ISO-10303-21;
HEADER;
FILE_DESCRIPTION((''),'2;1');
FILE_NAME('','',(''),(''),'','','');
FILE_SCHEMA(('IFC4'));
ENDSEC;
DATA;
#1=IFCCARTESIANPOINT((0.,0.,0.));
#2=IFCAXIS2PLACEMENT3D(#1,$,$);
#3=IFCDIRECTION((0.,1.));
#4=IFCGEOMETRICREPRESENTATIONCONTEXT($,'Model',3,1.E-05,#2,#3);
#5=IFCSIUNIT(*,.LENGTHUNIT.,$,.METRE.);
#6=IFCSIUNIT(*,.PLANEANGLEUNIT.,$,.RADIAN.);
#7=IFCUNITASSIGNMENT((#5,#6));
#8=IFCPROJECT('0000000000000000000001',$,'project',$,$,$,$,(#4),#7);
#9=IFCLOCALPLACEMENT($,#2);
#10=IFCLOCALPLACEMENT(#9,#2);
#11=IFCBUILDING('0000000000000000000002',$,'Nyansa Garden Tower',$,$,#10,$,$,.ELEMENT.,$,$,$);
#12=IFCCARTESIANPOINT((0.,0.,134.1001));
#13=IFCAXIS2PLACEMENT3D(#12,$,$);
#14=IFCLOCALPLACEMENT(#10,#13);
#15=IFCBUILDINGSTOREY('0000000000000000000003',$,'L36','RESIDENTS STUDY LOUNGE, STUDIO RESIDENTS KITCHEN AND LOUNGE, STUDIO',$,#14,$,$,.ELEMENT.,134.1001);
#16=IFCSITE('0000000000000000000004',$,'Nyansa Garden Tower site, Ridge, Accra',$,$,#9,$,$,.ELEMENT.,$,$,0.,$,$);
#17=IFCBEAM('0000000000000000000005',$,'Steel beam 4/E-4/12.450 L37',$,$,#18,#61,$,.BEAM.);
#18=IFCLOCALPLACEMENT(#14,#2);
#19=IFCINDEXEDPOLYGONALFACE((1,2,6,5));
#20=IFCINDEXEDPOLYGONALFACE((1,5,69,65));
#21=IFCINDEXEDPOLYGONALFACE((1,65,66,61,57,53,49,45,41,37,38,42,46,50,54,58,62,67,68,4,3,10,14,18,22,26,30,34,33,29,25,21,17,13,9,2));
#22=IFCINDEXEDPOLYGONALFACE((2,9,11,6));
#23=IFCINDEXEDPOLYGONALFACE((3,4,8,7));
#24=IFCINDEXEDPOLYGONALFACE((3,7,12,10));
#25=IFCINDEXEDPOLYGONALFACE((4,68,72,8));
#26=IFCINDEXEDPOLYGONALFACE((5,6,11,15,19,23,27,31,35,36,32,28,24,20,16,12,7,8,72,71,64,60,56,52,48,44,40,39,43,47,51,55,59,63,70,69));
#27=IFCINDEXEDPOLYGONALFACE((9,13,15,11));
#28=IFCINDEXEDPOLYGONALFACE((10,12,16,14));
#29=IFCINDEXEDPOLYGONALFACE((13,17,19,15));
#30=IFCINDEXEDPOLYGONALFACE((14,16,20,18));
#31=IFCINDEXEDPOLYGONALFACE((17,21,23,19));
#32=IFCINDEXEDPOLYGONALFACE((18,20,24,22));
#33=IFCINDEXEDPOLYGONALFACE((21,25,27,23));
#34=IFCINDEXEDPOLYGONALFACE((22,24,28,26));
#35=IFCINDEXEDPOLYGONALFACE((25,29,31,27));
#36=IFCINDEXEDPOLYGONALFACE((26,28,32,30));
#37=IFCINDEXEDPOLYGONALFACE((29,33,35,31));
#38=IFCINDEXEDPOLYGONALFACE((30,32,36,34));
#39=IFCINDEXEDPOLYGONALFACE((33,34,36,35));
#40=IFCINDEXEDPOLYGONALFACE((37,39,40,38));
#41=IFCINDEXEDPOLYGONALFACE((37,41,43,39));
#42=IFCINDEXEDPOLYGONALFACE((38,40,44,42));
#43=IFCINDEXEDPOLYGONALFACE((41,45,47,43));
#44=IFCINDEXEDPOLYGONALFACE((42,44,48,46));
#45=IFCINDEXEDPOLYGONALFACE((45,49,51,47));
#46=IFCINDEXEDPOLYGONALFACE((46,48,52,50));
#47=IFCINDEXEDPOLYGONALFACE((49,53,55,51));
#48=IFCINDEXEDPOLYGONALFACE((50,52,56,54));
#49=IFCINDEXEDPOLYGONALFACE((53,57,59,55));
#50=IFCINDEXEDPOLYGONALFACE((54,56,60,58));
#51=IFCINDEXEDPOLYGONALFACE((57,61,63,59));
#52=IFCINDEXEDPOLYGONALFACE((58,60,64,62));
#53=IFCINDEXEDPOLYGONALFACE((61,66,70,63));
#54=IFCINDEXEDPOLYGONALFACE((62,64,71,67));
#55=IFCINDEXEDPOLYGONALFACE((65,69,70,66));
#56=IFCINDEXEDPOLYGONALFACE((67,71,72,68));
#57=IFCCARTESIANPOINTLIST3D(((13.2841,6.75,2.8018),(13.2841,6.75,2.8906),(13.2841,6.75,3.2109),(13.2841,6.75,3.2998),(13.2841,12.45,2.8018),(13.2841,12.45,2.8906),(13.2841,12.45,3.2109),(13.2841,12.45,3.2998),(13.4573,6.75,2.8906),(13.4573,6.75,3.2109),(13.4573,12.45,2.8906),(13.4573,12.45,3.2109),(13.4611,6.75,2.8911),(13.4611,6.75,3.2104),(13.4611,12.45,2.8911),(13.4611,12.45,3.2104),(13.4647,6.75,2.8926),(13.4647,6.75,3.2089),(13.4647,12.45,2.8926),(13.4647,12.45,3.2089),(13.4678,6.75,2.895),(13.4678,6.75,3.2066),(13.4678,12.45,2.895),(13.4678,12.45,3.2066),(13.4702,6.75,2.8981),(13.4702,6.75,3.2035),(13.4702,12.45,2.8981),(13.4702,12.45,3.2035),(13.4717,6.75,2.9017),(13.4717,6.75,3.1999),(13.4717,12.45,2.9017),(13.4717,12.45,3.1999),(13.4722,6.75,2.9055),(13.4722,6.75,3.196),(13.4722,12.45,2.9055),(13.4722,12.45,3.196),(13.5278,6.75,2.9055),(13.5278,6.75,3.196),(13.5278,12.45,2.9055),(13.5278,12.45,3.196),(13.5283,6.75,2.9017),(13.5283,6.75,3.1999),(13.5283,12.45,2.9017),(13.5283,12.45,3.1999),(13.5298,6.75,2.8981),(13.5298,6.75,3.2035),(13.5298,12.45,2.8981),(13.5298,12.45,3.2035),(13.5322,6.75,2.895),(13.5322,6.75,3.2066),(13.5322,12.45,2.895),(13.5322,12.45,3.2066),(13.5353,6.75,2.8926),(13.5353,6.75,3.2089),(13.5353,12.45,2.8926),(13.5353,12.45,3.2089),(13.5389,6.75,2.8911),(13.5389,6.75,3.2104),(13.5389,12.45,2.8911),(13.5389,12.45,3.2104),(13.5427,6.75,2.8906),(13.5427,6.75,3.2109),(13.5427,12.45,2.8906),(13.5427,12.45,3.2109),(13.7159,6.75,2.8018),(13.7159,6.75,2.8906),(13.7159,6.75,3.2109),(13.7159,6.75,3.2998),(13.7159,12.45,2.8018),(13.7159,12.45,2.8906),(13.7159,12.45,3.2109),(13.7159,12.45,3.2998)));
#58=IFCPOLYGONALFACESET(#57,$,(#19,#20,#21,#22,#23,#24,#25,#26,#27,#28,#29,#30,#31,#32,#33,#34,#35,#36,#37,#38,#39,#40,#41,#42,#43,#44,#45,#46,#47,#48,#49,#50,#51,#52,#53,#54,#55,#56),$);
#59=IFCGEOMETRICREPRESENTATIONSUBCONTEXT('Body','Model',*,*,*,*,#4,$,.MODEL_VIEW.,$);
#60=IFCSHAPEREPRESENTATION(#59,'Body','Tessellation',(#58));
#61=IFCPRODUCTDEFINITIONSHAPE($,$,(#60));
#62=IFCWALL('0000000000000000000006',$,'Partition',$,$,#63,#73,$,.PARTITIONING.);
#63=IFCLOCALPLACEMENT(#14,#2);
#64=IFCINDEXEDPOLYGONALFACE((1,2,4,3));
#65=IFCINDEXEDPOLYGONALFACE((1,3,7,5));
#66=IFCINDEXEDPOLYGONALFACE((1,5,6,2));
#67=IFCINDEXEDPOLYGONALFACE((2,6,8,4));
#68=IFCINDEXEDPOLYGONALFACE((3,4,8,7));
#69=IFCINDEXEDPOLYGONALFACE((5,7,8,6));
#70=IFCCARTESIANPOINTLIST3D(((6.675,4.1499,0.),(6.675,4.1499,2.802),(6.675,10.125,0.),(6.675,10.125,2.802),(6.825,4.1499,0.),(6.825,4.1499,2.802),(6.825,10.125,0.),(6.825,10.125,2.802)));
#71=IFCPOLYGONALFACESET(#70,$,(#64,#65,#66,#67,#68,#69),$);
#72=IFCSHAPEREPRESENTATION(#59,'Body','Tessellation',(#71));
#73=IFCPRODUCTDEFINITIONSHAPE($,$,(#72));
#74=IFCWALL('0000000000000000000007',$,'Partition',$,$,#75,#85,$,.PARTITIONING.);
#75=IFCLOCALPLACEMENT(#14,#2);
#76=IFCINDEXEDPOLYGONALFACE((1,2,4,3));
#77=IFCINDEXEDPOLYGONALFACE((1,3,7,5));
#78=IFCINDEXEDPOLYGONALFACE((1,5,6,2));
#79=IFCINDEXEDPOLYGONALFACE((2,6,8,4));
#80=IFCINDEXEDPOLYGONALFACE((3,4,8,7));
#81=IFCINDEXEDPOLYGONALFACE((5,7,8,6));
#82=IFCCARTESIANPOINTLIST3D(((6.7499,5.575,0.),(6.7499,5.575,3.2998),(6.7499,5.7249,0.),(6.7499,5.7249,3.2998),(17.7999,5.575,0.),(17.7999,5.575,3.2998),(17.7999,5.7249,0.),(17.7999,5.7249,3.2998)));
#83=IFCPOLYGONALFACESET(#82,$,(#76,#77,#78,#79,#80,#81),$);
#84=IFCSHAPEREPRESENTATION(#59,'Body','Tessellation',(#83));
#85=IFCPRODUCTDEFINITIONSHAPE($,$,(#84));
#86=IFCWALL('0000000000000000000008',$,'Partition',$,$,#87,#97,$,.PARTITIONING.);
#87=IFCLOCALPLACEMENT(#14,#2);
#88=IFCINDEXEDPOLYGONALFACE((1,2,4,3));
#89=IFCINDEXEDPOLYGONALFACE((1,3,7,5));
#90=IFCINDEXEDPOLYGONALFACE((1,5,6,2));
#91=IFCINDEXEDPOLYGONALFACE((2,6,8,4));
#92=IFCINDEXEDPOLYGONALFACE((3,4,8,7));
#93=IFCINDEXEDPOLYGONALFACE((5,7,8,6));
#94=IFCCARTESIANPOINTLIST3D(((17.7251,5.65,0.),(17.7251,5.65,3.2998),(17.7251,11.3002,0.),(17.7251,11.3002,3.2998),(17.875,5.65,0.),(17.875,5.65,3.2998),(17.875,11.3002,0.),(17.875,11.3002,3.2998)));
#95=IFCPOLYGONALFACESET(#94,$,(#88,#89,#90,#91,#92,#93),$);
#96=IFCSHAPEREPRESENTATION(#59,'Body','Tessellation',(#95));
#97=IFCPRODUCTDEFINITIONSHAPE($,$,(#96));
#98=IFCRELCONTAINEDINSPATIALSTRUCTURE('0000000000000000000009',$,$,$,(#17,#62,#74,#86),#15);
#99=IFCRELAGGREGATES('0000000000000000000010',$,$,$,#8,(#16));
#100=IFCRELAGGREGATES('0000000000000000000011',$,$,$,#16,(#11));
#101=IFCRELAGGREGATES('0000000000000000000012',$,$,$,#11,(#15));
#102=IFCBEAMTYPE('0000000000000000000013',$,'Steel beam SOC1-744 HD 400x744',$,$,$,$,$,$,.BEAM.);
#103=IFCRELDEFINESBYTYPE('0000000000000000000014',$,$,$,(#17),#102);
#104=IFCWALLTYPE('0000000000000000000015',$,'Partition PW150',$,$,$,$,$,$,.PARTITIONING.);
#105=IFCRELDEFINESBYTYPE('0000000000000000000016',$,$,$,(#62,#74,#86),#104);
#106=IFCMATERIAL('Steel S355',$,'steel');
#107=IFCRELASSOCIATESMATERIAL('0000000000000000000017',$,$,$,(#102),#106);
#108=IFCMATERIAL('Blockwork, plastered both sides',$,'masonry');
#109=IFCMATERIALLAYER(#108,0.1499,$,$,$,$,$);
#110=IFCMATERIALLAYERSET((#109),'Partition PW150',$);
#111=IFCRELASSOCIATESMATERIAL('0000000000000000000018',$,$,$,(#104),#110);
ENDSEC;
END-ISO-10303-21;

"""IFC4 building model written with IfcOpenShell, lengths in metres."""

from ifc_helpers import new_model, si_unit, direction, frame, frame_2d, origin, origin_2d, place, context, subcontext, project, spatial, rectangle, i_section, extrude, material, layer, layer_set, material_profile, profile_set, type_object, element, save


model = new_model("IFC4")

# Units and contexts
model_context = context("Model", 3, precision=1e-05, world=origin(), true_north=direction((0.0, 1.0)))
body_context = subcontext(model_context, "Body", "Model", "MODEL_VIEW")
ifc_project = project(units=[si_unit("LENGTHUNIT", "METRE"), si_unit("PLANEANGLEUNIT", "RADIAN")], contexts=[model_context])

# Site, building, storey
site_placement = place(None, origin())
site = spatial("IfcSite", under=ifc_project, at=site_placement, Name="Nyansa Garden Tower site, Ridge, Accra", CompositionType="ELEMENT", RefElevation=0.0)
building_placement = place(site_placement, origin())
building = spatial("IfcBuilding", under=site, at=building_placement, Name="Nyansa Garden Tower", CompositionType="ELEMENT")
storey_placement = place(building_placement, frame((0.0, 0.0, 134.1001)))
storey = spatial("IfcBuildingStorey", under=building, at=storey_placement, Name="L36", Description="RESIDENTS STUDY LOUNGE, STUDIO RESIDENTS KITCHEN AND LOUNGE, STUDIO", CompositionType="ELEMENT", Elevation=134.1001)

# Beam
ifc_material_1 = material(Name="Steel S355", Category="steel")
ifc_material_profile_1 = material_profile(ifc_material_1, i_section(OverallWidth=0.4319, OverallDepth=0.498, WebThickness=0.0557, FlangeThickness=0.0889, FilletRadius=0.0149, at=origin_2d()), Name="HD 400x744")
ifc_profile_set_1 = profile_set([ifc_material_profile_1], Name="Steel S355")
beam_type_1 = type_object("IfcBeamType", Name="Steel beam SOC1-744 HD 400x744", PredefinedType="BEAM", material=ifc_profile_set_1)
beam_placement = place(storey_placement, frame((13.5, 6.75, 3.0508), z_axis=(0.0, 1.0, 0.0), x_axis=(-1.0, 0.0, 0.0)))
element("IfcBeam", 1, at=beam_placement, inside=storey, type_object=beam_type_1, Name="Steel beam 4/E-4/12.450 L37", PredefinedType="BEAM", context=body_context, shape_type="SweptSolid", body=[
    extrude(i_section(OverallWidth=0.4319, OverallDepth=0.498, WebThickness=0.0557, FlangeThickness=0.0889, FilletRadius=0.0149, at=origin_2d()), origin(), (0.0, 0.0, 1.0), 5.7),
])

# Walls
ifc_material_2 = material(Name="Blockwork, plastered both sides", Category="masonry")
ifc_layer_1 = layer(ifc_material_2, 0.1499)
ifc_layer_set_1 = layer_set([ifc_layer_1], Name="Partition PW150")
wall_type_1 = type_object("IfcWallType", Name="Partition PW150", PredefinedType="PARTITIONING", material=ifc_layer_set_1)
wall_1_placement = place(storey_placement, frame((6.75, 4.1499, 0.0), z_axis=(0.0, 0.0, 1.0), x_axis=(0.0, 1.0, 0.0)))
element("IfcWall", 2, at=wall_1_placement, inside=storey, type_object=wall_type_1, Name="Partition", PredefinedType="PARTITIONING", context=body_context, shape_type="SweptSolid", body=[
    extrude(rectangle(XDim=5.9751, YDim=0.1499, at=frame_2d((2.9875, 0.0))), origin(), (0.0, 0.0, 1.0), 2.802),
])
wall_2_placement = place(storey_placement, frame((6.75, 5.6499, 0.0), z_axis=(0.0, 0.0, 1.0), x_axis=(1.0, 0.0, 0.0)))
element("IfcWall", 3, at=wall_2_placement, inside=storey, type_object=wall_type_1, Name="Partition", PredefinedType="PARTITIONING", context=body_context, shape_type="SweptSolid", body=[
    extrude(rectangle(XDim=11.05, YDim=0.1499, at=frame_2d((5.5249, 0.0))), origin(), (0.0, 0.0, 1.0), 3.2998),
])
wall_3_placement = place(storey_placement, frame((17.8, 5.6499, 0.0), z_axis=(0.0, 0.0, 1.0), x_axis=(0.0, 1.0, 0.0)))
element("IfcWall", 4, at=wall_3_placement, inside=storey, type_object=wall_type_1, Name="Partition", PredefinedType="PARTITIONING", context=body_context, shape_type="SweptSolid", body=[
    extrude(rectangle(XDim=5.6501, YDim=0.1499, at=frame_2d((2.8252, 0.0))), origin(), (0.0, 0.0, 1.0), 3.2998),
])

save(model, "model.ifc")
